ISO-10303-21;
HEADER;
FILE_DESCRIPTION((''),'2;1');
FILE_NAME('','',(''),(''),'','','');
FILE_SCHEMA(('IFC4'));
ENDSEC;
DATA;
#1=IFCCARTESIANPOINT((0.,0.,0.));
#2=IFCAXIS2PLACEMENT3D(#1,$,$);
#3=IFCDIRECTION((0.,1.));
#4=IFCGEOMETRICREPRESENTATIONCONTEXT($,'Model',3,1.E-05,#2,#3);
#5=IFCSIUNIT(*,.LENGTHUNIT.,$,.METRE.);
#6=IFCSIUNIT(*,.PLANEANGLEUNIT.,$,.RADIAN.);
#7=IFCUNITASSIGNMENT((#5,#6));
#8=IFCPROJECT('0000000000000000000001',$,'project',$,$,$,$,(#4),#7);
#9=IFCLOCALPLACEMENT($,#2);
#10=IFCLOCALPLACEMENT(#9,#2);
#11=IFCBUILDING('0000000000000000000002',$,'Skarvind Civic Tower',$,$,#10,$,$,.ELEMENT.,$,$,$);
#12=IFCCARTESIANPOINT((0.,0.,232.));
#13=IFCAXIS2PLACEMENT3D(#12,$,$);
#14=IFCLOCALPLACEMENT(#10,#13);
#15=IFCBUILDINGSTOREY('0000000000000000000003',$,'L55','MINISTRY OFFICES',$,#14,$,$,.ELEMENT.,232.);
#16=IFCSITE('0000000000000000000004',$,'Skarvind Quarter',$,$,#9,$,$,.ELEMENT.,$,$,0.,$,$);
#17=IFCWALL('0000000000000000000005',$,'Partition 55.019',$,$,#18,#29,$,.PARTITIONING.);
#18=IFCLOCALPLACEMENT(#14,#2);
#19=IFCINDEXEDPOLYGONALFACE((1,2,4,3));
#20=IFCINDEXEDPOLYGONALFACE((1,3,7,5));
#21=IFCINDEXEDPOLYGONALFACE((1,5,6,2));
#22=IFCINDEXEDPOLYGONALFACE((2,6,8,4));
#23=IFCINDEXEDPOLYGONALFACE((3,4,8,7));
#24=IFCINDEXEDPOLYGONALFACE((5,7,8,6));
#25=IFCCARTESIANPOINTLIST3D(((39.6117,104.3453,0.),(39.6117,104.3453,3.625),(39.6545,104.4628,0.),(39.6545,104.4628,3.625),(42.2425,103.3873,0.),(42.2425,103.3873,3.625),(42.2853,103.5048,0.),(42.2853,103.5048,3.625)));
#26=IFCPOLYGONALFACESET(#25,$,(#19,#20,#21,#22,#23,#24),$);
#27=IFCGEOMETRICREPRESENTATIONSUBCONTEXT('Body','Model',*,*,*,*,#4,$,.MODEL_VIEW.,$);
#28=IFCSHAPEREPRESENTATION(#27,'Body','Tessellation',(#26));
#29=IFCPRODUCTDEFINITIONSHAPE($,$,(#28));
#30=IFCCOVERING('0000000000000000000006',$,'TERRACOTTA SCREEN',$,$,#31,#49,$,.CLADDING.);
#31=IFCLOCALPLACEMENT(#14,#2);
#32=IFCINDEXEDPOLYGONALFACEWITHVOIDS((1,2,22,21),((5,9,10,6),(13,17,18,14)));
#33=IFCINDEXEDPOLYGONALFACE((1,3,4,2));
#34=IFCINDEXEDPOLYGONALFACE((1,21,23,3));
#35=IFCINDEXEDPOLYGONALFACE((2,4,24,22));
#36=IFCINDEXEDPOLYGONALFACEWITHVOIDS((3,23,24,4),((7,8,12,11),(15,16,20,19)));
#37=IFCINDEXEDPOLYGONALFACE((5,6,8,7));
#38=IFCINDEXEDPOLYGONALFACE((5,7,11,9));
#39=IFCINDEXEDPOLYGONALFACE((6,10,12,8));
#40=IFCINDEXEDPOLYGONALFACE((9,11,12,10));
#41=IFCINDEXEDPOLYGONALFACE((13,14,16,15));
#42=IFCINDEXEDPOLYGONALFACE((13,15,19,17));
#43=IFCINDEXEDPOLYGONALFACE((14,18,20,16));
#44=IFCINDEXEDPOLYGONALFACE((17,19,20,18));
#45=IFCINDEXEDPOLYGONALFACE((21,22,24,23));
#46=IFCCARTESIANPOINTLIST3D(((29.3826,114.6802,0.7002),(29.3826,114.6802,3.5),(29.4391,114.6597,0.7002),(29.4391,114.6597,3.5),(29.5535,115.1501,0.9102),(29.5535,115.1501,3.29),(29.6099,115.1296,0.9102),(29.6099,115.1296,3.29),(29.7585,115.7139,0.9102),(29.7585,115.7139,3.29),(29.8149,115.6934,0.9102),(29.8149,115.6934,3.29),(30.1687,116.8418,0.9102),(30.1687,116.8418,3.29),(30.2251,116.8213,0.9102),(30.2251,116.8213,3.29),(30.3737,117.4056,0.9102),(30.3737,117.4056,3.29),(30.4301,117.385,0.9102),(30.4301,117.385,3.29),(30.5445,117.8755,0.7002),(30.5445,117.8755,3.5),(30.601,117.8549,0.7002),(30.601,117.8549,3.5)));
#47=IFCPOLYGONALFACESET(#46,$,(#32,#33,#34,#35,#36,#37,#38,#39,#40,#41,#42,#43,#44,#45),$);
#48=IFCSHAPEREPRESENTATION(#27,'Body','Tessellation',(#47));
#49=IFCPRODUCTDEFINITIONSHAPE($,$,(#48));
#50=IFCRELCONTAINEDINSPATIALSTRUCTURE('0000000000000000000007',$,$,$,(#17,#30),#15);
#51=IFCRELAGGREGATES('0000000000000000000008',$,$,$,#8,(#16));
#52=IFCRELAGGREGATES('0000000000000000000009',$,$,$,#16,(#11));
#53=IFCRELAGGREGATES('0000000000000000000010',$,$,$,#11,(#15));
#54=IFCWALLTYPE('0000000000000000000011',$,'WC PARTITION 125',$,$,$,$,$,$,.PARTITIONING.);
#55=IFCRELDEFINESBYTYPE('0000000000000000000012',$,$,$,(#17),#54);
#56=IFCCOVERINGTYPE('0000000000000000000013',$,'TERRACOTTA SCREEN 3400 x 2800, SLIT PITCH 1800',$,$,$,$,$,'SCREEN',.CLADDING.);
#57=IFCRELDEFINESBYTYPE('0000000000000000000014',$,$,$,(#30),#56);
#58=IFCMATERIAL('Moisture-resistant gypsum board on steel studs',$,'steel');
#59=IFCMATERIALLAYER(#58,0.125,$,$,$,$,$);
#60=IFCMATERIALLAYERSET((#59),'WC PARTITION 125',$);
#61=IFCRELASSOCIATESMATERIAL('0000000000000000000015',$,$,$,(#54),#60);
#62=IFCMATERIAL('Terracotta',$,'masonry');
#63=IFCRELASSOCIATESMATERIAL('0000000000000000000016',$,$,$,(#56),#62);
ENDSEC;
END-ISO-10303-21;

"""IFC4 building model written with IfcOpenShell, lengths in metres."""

from ifc_helpers import new_model, si_unit, direction, frame, frame_2d, origin, place, context, subcontext, project, spatial, polyline, rectangle, outline, extrude, material, layer, layer_set, material_profile, profile_set, type_object, element, save


model = new_model("IFC4")

# Units and contexts
model_context = context("Model", 3, precision=1e-05, world=origin(), true_north=direction((0.0, 1.0)))
body_context = subcontext(model_context, "Body", "Model", "MODEL_VIEW")
ifc_project = project(units=[si_unit("LENGTHUNIT", "METRE"), si_unit("PLANEANGLEUNIT", "RADIAN")], contexts=[model_context])

# Site, building, storey
site_placement = place(None, origin())
site = spatial("IfcSite", under=ifc_project, at=site_placement, Name="Skarvind Quarter", CompositionType="ELEMENT", RefElevation=0.0)
building_placement = place(site_placement, origin())
building = spatial("IfcBuilding", under=site, at=building_placement, Name="Skarvind Civic Tower", CompositionType="ELEMENT")
storey_placement = place(building_placement, frame((0.0, 0.0, 232.0)))
storey = spatial("IfcBuildingStorey", under=building, at=storey_placement, Name="L55", Description="MINISTRY OFFICES", CompositionType="ELEMENT", Elevation=232.0)

# Wall
ifc_material_1 = material(Name="Moisture-resistant gypsum board on steel studs", Category="steel")
ifc_layer_1 = layer(ifc_material_1, 0.125)
ifc_layer_set_1 = layer_set([ifc_layer_1], Name="WC PARTITION 125")
wall_type_1 = type_object("IfcWallType", Name="WC PARTITION 125", PredefinedType="PARTITIONING", material=ifc_layer_set_1)
wall_1_placement = place(storey_placement, frame((42.2639, 103.446, 0.0), z_axis=(0.0, 0.0, 1.0), x_axis=(-0.939641, 0.342163, 0.0)))
element("IfcWall", 1, at=wall_1_placement, inside=storey, type_object=wall_type_1, Name="Partition 55.019", PredefinedType="PARTITIONING", context=body_context, shape_type="SweptSolid", body=[
    extrude(rectangle(XDim=2.7998, YDim=0.125, at=frame_2d((1.3999, 0.0))), origin(), (0.0, 0.0, 1.0), 3.625),
])

# Covering
ifc_material_2 = material(Name="Terracotta", Category="masonry")
ifc_material_profile_1 = material_profile(ifc_material_2, outline(polyline([(-1.7, -1.3999), (1.7, -1.3999), (1.7, 1.3999), (-1.7, 1.3999), (-1.7, -1.3999)]), holes=[polyline([(-1.2, -1.1899), (-0.6001, -1.1899), (-0.6001, 1.1899), (-1.2, 1.1899), (-1.2, -1.1899)]), polyline([(0.6001, -1.1899), (1.2, -1.1899), (1.2, 1.1899), (0.6001, 1.1899), (0.6001, -1.1899)])]), Name="TERRACOTTA SCREEN 3400 x 2800, SLIT PITCH 1800")
ifc_profile_set_1 = profile_set([ifc_material_profile_1], Name="Terracotta")
covering_type = type_object("IfcCoveringType", Name="TERRACOTTA SCREEN 3400 x 2800, SLIT PITCH 1800", ElementType="SCREEN", PredefinedType="CLADDING", material=ifc_profile_set_1)
covering_placement = place(storey_placement, frame((30.02, 116.2573, 2.1001), z_axis=(-0.939793, 0.341743, 0.0), x_axis=(-0.341743, -0.939793, 0.0)))
element("IfcCovering", 2, at=covering_placement, inside=storey, type_object=covering_type, Name="TERRACOTTA SCREEN", PredefinedType="CLADDING", context=body_context, shape_type="SweptSolid", body=[
    extrude(outline(polyline([(-1.7, -1.3999), (1.7, -1.3999), (1.7, 1.3999), (-1.7, 1.3999), (-1.7, -1.3999)]), holes=[polyline([(-1.2, -1.1899), (-0.6001, -1.1899), (-0.6001, 1.1899), (-1.2, 1.1899), (-1.2, -1.1899)]), polyline([(0.6001, -1.1899), (1.2, -1.1899), (1.2, 1.1899), (0.6001, 1.1899), (0.6001, -1.1899)])]), origin(), (0.0, 0.0, 1.0), 0.0601),
])

save(model, "model.ifc")
